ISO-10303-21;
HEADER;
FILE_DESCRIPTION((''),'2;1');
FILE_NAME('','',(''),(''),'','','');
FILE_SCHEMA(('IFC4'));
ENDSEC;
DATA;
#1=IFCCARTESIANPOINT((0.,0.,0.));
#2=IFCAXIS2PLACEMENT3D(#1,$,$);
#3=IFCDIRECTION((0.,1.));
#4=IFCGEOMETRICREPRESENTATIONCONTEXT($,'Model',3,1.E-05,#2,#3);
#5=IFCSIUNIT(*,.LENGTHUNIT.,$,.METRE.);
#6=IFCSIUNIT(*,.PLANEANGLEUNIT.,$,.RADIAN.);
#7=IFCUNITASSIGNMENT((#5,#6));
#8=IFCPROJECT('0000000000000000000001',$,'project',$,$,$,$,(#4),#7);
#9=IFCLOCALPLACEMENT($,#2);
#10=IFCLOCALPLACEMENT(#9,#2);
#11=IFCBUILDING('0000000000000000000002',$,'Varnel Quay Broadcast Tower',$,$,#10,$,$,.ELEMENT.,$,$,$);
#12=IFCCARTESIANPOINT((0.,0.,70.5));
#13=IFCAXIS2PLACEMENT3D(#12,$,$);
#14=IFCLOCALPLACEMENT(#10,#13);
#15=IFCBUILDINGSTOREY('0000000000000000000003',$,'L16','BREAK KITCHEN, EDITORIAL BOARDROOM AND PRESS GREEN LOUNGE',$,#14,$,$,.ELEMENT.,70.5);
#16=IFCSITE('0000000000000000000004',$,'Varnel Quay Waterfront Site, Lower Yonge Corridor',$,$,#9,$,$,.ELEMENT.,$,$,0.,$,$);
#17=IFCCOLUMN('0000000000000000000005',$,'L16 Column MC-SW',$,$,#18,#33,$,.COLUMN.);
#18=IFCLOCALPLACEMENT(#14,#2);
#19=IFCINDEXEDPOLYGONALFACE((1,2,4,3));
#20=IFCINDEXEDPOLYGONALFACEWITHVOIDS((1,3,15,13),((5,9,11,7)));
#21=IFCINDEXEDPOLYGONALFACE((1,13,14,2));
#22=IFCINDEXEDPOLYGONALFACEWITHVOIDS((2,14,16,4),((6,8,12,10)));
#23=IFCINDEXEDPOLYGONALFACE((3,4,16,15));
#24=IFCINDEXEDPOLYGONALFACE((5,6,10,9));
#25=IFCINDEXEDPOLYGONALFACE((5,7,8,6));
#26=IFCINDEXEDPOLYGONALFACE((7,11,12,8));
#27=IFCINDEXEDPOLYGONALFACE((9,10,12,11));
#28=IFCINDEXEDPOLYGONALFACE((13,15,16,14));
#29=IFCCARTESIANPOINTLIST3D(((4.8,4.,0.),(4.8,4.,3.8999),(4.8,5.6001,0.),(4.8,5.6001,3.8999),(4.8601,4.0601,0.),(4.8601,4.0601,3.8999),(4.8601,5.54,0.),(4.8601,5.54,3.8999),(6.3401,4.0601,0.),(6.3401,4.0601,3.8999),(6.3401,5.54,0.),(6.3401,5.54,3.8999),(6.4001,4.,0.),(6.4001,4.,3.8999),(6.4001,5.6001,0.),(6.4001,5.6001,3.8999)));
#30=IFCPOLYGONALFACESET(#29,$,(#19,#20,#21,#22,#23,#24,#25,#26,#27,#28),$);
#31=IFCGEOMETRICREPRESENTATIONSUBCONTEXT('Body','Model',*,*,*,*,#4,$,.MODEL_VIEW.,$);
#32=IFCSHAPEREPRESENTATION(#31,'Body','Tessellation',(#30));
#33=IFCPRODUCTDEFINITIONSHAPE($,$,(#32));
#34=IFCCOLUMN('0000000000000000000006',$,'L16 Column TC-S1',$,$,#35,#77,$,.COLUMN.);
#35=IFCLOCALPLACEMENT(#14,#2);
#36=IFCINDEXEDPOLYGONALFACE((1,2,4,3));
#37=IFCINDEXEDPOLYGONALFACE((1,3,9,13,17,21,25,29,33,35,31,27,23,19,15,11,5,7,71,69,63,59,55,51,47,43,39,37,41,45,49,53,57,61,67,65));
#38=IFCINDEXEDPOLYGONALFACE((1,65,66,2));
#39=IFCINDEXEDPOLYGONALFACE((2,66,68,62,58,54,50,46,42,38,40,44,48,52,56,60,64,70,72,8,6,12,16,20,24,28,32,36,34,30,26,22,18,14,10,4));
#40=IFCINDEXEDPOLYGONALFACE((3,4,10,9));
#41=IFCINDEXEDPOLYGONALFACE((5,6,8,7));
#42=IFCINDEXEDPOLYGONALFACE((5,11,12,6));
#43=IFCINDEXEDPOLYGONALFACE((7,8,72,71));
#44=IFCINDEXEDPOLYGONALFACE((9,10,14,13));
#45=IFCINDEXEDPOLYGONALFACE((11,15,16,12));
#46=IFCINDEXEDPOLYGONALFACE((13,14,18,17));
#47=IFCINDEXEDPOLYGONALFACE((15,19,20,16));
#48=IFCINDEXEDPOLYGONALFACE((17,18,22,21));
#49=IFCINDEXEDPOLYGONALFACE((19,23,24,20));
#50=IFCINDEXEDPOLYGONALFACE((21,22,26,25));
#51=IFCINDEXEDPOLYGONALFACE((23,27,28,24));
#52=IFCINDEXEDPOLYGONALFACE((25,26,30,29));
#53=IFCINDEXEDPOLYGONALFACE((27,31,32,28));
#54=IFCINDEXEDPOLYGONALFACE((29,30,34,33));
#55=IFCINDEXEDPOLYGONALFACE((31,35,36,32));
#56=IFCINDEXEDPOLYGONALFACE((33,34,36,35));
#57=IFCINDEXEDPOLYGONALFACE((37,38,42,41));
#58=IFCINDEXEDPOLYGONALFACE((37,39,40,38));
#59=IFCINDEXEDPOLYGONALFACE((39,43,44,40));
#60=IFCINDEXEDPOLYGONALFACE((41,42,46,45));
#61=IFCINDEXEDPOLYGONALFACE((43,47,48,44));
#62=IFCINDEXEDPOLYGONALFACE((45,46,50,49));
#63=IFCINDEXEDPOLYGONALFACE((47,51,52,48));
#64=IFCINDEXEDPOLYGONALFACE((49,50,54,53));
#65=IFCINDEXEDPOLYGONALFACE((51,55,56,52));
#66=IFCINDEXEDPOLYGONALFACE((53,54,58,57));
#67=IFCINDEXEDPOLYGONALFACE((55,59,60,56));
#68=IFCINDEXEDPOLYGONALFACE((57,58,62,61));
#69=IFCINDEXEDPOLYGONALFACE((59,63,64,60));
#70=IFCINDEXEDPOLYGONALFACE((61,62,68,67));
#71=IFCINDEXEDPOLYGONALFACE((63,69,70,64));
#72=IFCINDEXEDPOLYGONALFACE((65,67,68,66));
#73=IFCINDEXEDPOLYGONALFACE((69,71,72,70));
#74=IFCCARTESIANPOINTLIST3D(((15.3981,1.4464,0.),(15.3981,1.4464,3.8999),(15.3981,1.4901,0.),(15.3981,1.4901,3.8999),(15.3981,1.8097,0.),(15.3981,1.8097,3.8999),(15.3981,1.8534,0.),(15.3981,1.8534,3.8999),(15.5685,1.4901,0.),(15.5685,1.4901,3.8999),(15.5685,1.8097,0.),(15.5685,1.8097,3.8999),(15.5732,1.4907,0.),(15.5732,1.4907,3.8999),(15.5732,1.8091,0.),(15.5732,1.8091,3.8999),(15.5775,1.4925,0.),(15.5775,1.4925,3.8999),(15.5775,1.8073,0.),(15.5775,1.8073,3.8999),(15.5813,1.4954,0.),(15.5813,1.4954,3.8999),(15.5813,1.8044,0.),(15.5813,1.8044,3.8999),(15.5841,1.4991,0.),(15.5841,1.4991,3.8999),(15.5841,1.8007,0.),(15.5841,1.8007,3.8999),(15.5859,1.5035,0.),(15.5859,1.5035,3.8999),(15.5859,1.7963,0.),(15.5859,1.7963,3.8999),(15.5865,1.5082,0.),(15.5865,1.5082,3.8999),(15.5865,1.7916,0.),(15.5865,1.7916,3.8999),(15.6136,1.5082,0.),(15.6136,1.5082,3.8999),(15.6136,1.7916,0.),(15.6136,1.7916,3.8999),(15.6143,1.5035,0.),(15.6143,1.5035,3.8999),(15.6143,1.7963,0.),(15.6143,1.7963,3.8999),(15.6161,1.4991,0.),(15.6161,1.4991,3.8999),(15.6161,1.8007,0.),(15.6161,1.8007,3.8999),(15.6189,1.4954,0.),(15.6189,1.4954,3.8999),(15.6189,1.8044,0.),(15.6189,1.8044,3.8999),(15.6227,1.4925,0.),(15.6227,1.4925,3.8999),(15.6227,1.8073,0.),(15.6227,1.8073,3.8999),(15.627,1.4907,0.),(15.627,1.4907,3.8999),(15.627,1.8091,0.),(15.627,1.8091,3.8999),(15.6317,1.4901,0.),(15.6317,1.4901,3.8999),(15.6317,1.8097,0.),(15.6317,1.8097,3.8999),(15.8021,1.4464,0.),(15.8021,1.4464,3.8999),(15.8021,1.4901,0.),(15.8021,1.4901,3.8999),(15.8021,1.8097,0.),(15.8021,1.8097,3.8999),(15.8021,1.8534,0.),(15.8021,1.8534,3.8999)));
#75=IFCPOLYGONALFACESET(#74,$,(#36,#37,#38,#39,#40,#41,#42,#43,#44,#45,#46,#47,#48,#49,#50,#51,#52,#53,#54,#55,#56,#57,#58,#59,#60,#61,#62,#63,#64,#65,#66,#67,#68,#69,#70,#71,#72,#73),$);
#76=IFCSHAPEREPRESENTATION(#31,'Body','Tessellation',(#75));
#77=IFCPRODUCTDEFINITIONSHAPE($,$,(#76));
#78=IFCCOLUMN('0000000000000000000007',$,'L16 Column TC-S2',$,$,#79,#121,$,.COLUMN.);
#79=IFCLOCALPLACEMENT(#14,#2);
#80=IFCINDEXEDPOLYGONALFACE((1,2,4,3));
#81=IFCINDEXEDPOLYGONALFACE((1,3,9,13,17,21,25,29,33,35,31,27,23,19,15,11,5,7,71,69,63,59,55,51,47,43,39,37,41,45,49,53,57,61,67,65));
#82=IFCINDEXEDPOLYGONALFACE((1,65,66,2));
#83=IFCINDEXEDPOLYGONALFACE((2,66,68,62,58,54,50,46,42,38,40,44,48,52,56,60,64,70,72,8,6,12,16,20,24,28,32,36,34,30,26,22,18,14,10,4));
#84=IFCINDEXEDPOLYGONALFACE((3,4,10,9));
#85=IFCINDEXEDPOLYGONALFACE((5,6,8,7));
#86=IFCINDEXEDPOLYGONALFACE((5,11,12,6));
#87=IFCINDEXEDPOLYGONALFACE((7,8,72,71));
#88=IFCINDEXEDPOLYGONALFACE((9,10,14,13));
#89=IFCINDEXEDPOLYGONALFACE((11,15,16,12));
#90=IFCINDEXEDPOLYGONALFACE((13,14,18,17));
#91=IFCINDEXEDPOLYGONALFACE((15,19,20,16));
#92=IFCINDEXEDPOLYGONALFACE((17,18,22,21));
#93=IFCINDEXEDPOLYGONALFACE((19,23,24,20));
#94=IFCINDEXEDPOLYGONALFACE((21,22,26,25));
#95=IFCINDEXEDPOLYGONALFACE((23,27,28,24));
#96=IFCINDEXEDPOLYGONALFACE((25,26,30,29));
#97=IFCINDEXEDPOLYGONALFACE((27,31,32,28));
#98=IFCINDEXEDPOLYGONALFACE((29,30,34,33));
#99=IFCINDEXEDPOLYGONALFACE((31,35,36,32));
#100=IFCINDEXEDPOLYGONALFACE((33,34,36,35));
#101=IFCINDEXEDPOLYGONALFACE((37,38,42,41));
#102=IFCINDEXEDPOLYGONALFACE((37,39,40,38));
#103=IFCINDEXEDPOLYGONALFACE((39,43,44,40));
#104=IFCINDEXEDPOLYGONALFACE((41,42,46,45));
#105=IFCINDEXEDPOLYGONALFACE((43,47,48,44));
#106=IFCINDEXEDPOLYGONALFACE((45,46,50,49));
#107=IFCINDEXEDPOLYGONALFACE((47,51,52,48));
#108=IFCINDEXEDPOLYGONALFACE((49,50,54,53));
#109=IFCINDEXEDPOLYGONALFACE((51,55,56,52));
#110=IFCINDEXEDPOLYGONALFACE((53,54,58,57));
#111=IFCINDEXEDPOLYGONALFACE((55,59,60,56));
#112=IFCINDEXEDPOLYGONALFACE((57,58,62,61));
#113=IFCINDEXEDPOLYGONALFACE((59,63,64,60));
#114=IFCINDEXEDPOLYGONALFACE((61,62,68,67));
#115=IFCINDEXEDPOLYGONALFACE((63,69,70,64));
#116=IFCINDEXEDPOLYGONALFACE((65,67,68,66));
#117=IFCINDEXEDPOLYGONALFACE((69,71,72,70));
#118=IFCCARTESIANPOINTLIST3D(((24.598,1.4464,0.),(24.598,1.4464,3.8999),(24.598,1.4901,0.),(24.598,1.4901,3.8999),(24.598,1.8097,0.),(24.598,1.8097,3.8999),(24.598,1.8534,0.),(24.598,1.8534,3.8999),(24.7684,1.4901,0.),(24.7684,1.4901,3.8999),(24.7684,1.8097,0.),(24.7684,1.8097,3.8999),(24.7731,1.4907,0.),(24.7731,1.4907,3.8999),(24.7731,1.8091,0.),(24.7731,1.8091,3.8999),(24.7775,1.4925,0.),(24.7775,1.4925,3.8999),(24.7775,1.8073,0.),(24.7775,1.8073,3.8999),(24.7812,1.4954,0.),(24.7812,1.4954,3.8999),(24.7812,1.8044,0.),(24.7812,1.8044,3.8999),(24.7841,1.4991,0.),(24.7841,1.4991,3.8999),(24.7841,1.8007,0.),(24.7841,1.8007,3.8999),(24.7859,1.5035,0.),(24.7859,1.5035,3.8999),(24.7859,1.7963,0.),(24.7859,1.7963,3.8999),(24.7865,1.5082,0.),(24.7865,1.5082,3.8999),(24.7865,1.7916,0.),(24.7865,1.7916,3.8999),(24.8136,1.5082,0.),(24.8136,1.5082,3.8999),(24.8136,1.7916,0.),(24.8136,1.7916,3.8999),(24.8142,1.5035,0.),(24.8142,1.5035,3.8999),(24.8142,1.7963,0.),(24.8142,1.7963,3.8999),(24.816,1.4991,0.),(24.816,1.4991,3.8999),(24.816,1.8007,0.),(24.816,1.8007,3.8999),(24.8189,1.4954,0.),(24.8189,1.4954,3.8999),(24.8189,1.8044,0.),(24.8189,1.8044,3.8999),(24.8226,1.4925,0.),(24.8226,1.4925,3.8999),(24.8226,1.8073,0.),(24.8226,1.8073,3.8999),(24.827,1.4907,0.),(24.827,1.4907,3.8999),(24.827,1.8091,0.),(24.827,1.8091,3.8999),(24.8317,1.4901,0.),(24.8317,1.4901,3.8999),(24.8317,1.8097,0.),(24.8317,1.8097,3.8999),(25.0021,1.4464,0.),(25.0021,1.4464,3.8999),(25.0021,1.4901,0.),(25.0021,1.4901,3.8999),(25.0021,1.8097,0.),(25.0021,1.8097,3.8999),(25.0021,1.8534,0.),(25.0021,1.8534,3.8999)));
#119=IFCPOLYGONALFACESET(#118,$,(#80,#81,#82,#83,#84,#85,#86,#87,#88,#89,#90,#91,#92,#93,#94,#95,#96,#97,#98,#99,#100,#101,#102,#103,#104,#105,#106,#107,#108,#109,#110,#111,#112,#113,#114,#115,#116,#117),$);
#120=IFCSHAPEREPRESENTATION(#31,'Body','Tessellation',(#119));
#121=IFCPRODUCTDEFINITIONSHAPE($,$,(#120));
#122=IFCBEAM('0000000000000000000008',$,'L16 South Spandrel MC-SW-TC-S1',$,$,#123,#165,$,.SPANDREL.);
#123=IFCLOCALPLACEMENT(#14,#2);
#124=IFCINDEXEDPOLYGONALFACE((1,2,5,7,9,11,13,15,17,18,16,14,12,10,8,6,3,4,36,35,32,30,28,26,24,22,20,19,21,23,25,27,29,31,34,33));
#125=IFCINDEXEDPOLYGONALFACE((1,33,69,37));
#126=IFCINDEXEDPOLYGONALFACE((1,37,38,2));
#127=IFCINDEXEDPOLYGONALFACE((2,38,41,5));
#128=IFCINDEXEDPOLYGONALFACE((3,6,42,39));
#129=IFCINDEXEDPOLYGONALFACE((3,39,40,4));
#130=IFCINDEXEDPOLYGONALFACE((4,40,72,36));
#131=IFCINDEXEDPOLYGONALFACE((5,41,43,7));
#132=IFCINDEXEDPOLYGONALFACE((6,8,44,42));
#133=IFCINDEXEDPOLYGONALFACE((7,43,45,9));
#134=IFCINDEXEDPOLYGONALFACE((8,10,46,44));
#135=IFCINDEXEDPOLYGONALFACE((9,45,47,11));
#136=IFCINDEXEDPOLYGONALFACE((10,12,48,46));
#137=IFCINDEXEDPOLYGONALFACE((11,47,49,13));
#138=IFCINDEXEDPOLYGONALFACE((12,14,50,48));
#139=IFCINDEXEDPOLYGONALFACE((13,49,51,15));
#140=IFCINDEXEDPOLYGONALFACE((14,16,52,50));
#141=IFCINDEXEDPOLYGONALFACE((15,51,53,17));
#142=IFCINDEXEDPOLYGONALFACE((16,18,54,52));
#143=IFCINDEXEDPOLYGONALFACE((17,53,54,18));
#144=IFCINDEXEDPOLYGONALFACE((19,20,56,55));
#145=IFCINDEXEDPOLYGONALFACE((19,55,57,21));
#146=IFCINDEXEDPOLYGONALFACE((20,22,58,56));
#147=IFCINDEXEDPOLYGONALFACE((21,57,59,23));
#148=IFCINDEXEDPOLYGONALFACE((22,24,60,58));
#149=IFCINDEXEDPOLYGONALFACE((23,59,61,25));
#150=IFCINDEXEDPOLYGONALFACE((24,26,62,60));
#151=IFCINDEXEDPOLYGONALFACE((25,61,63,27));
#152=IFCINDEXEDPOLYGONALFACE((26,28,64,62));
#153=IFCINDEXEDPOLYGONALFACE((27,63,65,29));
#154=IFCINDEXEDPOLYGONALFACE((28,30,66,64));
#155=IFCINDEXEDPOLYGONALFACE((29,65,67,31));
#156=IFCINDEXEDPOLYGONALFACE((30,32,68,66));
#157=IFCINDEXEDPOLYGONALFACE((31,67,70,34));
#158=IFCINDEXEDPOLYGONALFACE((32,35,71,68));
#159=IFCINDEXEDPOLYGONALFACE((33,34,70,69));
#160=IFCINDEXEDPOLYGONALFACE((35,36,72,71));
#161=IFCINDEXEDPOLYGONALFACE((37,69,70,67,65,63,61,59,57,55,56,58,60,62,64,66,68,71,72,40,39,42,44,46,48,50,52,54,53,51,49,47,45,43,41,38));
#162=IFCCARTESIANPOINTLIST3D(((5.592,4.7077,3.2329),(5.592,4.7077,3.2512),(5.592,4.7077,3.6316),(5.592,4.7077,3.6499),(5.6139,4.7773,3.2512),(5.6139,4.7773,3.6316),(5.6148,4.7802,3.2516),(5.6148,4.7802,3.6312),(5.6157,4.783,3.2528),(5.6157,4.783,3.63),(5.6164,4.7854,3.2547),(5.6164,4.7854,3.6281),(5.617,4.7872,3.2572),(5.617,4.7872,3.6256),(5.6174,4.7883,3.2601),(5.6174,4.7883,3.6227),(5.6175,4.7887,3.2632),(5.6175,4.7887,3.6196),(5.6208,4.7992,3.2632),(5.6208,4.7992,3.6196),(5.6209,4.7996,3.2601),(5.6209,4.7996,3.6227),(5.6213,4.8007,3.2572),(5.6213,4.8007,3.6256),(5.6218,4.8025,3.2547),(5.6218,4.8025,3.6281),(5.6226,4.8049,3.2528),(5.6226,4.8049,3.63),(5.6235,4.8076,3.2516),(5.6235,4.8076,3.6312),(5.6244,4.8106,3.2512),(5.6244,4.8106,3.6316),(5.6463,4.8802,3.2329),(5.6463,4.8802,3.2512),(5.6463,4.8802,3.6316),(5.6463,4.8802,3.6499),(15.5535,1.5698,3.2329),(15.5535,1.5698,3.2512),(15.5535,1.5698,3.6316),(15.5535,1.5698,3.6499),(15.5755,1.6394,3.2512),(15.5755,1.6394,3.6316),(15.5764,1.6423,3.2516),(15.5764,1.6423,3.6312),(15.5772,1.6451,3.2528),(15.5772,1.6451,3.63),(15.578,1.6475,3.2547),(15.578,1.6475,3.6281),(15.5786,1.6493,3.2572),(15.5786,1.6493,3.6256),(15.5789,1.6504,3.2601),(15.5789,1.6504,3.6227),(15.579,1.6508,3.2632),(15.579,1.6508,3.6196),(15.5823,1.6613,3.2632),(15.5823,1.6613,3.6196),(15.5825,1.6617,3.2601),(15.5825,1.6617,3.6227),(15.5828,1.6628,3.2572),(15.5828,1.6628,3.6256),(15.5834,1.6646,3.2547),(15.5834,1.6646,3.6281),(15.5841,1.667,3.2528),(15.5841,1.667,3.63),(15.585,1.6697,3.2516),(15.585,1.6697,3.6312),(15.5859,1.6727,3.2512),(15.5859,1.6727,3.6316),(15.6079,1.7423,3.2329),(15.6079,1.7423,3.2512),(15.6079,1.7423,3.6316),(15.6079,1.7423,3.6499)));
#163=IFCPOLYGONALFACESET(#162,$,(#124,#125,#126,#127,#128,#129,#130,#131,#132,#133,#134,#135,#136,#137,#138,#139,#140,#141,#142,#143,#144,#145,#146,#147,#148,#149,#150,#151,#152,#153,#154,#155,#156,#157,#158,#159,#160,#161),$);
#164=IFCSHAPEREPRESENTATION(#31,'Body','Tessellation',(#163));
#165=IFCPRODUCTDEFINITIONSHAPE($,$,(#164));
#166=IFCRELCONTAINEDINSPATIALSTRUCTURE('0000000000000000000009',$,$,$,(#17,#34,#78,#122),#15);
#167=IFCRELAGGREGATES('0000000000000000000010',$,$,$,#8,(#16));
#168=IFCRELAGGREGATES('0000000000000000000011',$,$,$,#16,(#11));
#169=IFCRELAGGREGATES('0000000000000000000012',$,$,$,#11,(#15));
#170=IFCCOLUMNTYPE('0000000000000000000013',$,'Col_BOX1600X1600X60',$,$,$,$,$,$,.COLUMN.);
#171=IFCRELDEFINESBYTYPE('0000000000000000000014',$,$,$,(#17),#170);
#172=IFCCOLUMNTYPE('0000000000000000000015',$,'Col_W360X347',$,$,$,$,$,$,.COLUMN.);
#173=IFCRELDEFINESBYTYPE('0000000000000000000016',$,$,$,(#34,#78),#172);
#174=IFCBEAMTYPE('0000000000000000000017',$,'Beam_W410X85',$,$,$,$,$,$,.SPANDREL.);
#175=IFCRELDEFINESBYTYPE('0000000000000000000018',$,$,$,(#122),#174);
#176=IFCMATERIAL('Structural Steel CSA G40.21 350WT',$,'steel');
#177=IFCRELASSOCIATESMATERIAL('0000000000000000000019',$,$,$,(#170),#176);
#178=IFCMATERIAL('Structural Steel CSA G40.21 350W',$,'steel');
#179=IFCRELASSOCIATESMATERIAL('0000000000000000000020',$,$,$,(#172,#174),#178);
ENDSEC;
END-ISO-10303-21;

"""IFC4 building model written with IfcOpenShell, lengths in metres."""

from ifc_helpers import new_model, si_unit, direction, frame, origin, origin_2d, place, context, subcontext, project, spatial, hollow_rectangle, i_section, extrude, source, transform, mapped, material, material_profile, profile_set, type_object, type_shapes, element, save


model = new_model("IFC4")

# Units and contexts
model_context = context("Model", 3, precision=1e-05, world=origin(), true_north=direction((0.0, 1.0)))
body_context = subcontext(model_context, "Body", "Model", "MODEL_VIEW")
ifc_project = project(units=[si_unit("LENGTHUNIT", "METRE"), si_unit("PLANEANGLEUNIT", "RADIAN")], contexts=[model_context])

# Site, building, storey
site_placement = place(None, origin())
site = spatial("IfcSite", under=ifc_project, at=site_placement, Name="Varnel Quay Waterfront Site, Lower Yonge Corridor", CompositionType="ELEMENT", RefElevation=0.0)
building_placement = place(site_placement, origin())
building = spatial("IfcBuilding", under=site, at=building_placement, Name="Varnel Quay Broadcast Tower", CompositionType="ELEMENT")
storey_placement = place(building_placement, frame((0.0, 0.0, 70.5)))
storey = spatial("IfcBuildingStorey", under=building, at=storey_placement, Name="L16", Description="BREAK KITCHEN, EDITORIAL BOARDROOM AND PRESS GREEN LOUNGE", CompositionType="ELEMENT", Elevation=70.5)

# Columns
ifc_material_1 = material(Name="Structural Steel CSA G40.21 350WT", Category="steel")
ifc_material_profile_1 = material_profile(ifc_material_1, hollow_rectangle(XDim=1.6001, YDim=1.6001, WallThickness=0.0601, at=origin_2d()), Name="BOX1600X1600X60")
ifc_profile_set_1 = profile_set([ifc_material_profile_1], Name="Structural Steel CSA G40.21 350WT")
column_type_1 = type_object("IfcColumnType", Name="Col_BOX1600X1600X60", PredefinedType="COLUMN", material=ifc_profile_set_1)
shared_shape_1 = source(origin(), body_context, "Body", "SweptSolid", [
    extrude(hollow_rectangle(XDim=1.6001, YDim=1.6001, WallThickness=0.0601, at=origin_2d()), origin(), (0.0, 0.0, 1.0), 3.8999),
])
type_shapes(column_type_1, [shared_shape_1])
column_placement = place(storey_placement, frame((5.6001, 4.8, 0.0), z_axis=(0.0, 0.0, 1.0), x_axis=(1.0, 0.0, 0.0)))
element("IfcColumn", 1, at=column_placement, inside=storey, type_object=column_type_1, Name="L16 Column MC-SW", PredefinedType="COLUMN", context=body_context, shape_type="MappedRepresentation", body=[
    mapped(shared_shape_1, transform((0.0, 0.0, 0.0), x_axis=(1.0, 0.0, 0.0), y_axis=(0.0, 1.0, 0.0), z_axis=(0.0, 0.0, 1.0), scale=1.0)),
])
ifc_material_2 = material(Name="Structural Steel CSA G40.21 350W", Category="steel")
ifc_material_profile_2 = material_profile(ifc_material_2, i_section(OverallWidth=0.4041, OverallDepth=0.407, WebThickness=0.0271, FlangeThickness=0.0437, FilletRadius=0.0181, at=origin_2d()), Name="W360X347")
ifc_profile_set_2 = profile_set([ifc_material_profile_2], Name="Structural Steel CSA G40.21 350W")
column_type_2 = type_object("IfcColumnType", Name="Col_W360X347", PredefinedType="COLUMN", material=ifc_profile_set_2)
shared_shape_2 = source(origin(), body_context, "Body", "SweptSolid", [
    extrude(i_section(OverallWidth=0.4041, OverallDepth=0.407, WebThickness=0.0271, FlangeThickness=0.0437, FilletRadius=0.0181, at=origin_2d()), origin(), (0.0, 0.0, 1.0), 3.8999),
])
type_shapes(column_type_2, [shared_shape_2])
for number, where, z_axis, x_axis, name in (
    (2, (15.6001, 1.6499, 0.0), (0.0, 0.0, 1.0), (1.0, 0.0, 0.0), "L16 Column TC-S1"),
    (3, (24.8, 1.6499, 0.0), (0.0, 0.0, 1.0), (1.0, 0.0, 0.0), "L16 Column TC-S2"),
):
    element("IfcColumn", number, at=place(storey_placement, frame(where, z_axis=z_axis, x_axis=x_axis)), inside=storey, type_object=column_type_2, Name=name, PredefinedType="COLUMN", context=body_context, shape_type="MappedRepresentation", body=[
        mapped(shared_shape_2, transform((0.0, 0.0, 0.0), x_axis=(1.0, 0.0, 0.0), y_axis=(0.0, 1.0, 0.0), z_axis=(0.0, 0.0, 1.0), scale=1.0)),
    ])

# Beam
ifc_material_profile_3 = material_profile(ifc_material_2, i_section(OverallWidth=0.1809, OverallDepth=0.417, WebThickness=0.011, FlangeThickness=0.0183, FilletRadius=0.012, at=origin_2d()), Name="W410X85")
ifc_profile_set_3 = profile_set([ifc_material_profile_3], Name="Structural Steel CSA G40.21 350W")
beam_type_1 = type_object("IfcBeamType", Name="Beam_W410X85", PredefinedType="SPANDREL", material=ifc_profile_set_3)
shared_shape_3 = source(origin(), body_context, "Body", "SweptSolid", [
    extrude(i_section(OverallWidth=0.1809, OverallDepth=0.417, WebThickness=0.011, FlangeThickness=0.0183, FilletRadius=0.012, at=origin_2d()), origin(), (0.0, 0.0, 1.0), 10.4441),
])
beam_1_placement = place(storey_placement, frame((5.6191, 4.7939, 3.4414), z_axis=(0.953798, -0.300448, 0.0), x_axis=(0.300448, 0.953798, 0.0)))
element("IfcBeam", 4, at=beam_1_placement, inside=storey, type_object=beam_type_1, Name="L16 South Spandrel MC-SW-TC-S1", PredefinedType="SPANDREL", context=body_context, shape_type="MappedRepresentation", body=[
    mapped(shared_shape_3, transform((0.0, 0.0, 0.0), x_axis=(1.0, 0.0, 0.0), y_axis=(0.0, 1.0, 0.0), z_axis=(0.0, 0.0, 1.0), scale=1.0)),
])

save(model, "model.ifc")
